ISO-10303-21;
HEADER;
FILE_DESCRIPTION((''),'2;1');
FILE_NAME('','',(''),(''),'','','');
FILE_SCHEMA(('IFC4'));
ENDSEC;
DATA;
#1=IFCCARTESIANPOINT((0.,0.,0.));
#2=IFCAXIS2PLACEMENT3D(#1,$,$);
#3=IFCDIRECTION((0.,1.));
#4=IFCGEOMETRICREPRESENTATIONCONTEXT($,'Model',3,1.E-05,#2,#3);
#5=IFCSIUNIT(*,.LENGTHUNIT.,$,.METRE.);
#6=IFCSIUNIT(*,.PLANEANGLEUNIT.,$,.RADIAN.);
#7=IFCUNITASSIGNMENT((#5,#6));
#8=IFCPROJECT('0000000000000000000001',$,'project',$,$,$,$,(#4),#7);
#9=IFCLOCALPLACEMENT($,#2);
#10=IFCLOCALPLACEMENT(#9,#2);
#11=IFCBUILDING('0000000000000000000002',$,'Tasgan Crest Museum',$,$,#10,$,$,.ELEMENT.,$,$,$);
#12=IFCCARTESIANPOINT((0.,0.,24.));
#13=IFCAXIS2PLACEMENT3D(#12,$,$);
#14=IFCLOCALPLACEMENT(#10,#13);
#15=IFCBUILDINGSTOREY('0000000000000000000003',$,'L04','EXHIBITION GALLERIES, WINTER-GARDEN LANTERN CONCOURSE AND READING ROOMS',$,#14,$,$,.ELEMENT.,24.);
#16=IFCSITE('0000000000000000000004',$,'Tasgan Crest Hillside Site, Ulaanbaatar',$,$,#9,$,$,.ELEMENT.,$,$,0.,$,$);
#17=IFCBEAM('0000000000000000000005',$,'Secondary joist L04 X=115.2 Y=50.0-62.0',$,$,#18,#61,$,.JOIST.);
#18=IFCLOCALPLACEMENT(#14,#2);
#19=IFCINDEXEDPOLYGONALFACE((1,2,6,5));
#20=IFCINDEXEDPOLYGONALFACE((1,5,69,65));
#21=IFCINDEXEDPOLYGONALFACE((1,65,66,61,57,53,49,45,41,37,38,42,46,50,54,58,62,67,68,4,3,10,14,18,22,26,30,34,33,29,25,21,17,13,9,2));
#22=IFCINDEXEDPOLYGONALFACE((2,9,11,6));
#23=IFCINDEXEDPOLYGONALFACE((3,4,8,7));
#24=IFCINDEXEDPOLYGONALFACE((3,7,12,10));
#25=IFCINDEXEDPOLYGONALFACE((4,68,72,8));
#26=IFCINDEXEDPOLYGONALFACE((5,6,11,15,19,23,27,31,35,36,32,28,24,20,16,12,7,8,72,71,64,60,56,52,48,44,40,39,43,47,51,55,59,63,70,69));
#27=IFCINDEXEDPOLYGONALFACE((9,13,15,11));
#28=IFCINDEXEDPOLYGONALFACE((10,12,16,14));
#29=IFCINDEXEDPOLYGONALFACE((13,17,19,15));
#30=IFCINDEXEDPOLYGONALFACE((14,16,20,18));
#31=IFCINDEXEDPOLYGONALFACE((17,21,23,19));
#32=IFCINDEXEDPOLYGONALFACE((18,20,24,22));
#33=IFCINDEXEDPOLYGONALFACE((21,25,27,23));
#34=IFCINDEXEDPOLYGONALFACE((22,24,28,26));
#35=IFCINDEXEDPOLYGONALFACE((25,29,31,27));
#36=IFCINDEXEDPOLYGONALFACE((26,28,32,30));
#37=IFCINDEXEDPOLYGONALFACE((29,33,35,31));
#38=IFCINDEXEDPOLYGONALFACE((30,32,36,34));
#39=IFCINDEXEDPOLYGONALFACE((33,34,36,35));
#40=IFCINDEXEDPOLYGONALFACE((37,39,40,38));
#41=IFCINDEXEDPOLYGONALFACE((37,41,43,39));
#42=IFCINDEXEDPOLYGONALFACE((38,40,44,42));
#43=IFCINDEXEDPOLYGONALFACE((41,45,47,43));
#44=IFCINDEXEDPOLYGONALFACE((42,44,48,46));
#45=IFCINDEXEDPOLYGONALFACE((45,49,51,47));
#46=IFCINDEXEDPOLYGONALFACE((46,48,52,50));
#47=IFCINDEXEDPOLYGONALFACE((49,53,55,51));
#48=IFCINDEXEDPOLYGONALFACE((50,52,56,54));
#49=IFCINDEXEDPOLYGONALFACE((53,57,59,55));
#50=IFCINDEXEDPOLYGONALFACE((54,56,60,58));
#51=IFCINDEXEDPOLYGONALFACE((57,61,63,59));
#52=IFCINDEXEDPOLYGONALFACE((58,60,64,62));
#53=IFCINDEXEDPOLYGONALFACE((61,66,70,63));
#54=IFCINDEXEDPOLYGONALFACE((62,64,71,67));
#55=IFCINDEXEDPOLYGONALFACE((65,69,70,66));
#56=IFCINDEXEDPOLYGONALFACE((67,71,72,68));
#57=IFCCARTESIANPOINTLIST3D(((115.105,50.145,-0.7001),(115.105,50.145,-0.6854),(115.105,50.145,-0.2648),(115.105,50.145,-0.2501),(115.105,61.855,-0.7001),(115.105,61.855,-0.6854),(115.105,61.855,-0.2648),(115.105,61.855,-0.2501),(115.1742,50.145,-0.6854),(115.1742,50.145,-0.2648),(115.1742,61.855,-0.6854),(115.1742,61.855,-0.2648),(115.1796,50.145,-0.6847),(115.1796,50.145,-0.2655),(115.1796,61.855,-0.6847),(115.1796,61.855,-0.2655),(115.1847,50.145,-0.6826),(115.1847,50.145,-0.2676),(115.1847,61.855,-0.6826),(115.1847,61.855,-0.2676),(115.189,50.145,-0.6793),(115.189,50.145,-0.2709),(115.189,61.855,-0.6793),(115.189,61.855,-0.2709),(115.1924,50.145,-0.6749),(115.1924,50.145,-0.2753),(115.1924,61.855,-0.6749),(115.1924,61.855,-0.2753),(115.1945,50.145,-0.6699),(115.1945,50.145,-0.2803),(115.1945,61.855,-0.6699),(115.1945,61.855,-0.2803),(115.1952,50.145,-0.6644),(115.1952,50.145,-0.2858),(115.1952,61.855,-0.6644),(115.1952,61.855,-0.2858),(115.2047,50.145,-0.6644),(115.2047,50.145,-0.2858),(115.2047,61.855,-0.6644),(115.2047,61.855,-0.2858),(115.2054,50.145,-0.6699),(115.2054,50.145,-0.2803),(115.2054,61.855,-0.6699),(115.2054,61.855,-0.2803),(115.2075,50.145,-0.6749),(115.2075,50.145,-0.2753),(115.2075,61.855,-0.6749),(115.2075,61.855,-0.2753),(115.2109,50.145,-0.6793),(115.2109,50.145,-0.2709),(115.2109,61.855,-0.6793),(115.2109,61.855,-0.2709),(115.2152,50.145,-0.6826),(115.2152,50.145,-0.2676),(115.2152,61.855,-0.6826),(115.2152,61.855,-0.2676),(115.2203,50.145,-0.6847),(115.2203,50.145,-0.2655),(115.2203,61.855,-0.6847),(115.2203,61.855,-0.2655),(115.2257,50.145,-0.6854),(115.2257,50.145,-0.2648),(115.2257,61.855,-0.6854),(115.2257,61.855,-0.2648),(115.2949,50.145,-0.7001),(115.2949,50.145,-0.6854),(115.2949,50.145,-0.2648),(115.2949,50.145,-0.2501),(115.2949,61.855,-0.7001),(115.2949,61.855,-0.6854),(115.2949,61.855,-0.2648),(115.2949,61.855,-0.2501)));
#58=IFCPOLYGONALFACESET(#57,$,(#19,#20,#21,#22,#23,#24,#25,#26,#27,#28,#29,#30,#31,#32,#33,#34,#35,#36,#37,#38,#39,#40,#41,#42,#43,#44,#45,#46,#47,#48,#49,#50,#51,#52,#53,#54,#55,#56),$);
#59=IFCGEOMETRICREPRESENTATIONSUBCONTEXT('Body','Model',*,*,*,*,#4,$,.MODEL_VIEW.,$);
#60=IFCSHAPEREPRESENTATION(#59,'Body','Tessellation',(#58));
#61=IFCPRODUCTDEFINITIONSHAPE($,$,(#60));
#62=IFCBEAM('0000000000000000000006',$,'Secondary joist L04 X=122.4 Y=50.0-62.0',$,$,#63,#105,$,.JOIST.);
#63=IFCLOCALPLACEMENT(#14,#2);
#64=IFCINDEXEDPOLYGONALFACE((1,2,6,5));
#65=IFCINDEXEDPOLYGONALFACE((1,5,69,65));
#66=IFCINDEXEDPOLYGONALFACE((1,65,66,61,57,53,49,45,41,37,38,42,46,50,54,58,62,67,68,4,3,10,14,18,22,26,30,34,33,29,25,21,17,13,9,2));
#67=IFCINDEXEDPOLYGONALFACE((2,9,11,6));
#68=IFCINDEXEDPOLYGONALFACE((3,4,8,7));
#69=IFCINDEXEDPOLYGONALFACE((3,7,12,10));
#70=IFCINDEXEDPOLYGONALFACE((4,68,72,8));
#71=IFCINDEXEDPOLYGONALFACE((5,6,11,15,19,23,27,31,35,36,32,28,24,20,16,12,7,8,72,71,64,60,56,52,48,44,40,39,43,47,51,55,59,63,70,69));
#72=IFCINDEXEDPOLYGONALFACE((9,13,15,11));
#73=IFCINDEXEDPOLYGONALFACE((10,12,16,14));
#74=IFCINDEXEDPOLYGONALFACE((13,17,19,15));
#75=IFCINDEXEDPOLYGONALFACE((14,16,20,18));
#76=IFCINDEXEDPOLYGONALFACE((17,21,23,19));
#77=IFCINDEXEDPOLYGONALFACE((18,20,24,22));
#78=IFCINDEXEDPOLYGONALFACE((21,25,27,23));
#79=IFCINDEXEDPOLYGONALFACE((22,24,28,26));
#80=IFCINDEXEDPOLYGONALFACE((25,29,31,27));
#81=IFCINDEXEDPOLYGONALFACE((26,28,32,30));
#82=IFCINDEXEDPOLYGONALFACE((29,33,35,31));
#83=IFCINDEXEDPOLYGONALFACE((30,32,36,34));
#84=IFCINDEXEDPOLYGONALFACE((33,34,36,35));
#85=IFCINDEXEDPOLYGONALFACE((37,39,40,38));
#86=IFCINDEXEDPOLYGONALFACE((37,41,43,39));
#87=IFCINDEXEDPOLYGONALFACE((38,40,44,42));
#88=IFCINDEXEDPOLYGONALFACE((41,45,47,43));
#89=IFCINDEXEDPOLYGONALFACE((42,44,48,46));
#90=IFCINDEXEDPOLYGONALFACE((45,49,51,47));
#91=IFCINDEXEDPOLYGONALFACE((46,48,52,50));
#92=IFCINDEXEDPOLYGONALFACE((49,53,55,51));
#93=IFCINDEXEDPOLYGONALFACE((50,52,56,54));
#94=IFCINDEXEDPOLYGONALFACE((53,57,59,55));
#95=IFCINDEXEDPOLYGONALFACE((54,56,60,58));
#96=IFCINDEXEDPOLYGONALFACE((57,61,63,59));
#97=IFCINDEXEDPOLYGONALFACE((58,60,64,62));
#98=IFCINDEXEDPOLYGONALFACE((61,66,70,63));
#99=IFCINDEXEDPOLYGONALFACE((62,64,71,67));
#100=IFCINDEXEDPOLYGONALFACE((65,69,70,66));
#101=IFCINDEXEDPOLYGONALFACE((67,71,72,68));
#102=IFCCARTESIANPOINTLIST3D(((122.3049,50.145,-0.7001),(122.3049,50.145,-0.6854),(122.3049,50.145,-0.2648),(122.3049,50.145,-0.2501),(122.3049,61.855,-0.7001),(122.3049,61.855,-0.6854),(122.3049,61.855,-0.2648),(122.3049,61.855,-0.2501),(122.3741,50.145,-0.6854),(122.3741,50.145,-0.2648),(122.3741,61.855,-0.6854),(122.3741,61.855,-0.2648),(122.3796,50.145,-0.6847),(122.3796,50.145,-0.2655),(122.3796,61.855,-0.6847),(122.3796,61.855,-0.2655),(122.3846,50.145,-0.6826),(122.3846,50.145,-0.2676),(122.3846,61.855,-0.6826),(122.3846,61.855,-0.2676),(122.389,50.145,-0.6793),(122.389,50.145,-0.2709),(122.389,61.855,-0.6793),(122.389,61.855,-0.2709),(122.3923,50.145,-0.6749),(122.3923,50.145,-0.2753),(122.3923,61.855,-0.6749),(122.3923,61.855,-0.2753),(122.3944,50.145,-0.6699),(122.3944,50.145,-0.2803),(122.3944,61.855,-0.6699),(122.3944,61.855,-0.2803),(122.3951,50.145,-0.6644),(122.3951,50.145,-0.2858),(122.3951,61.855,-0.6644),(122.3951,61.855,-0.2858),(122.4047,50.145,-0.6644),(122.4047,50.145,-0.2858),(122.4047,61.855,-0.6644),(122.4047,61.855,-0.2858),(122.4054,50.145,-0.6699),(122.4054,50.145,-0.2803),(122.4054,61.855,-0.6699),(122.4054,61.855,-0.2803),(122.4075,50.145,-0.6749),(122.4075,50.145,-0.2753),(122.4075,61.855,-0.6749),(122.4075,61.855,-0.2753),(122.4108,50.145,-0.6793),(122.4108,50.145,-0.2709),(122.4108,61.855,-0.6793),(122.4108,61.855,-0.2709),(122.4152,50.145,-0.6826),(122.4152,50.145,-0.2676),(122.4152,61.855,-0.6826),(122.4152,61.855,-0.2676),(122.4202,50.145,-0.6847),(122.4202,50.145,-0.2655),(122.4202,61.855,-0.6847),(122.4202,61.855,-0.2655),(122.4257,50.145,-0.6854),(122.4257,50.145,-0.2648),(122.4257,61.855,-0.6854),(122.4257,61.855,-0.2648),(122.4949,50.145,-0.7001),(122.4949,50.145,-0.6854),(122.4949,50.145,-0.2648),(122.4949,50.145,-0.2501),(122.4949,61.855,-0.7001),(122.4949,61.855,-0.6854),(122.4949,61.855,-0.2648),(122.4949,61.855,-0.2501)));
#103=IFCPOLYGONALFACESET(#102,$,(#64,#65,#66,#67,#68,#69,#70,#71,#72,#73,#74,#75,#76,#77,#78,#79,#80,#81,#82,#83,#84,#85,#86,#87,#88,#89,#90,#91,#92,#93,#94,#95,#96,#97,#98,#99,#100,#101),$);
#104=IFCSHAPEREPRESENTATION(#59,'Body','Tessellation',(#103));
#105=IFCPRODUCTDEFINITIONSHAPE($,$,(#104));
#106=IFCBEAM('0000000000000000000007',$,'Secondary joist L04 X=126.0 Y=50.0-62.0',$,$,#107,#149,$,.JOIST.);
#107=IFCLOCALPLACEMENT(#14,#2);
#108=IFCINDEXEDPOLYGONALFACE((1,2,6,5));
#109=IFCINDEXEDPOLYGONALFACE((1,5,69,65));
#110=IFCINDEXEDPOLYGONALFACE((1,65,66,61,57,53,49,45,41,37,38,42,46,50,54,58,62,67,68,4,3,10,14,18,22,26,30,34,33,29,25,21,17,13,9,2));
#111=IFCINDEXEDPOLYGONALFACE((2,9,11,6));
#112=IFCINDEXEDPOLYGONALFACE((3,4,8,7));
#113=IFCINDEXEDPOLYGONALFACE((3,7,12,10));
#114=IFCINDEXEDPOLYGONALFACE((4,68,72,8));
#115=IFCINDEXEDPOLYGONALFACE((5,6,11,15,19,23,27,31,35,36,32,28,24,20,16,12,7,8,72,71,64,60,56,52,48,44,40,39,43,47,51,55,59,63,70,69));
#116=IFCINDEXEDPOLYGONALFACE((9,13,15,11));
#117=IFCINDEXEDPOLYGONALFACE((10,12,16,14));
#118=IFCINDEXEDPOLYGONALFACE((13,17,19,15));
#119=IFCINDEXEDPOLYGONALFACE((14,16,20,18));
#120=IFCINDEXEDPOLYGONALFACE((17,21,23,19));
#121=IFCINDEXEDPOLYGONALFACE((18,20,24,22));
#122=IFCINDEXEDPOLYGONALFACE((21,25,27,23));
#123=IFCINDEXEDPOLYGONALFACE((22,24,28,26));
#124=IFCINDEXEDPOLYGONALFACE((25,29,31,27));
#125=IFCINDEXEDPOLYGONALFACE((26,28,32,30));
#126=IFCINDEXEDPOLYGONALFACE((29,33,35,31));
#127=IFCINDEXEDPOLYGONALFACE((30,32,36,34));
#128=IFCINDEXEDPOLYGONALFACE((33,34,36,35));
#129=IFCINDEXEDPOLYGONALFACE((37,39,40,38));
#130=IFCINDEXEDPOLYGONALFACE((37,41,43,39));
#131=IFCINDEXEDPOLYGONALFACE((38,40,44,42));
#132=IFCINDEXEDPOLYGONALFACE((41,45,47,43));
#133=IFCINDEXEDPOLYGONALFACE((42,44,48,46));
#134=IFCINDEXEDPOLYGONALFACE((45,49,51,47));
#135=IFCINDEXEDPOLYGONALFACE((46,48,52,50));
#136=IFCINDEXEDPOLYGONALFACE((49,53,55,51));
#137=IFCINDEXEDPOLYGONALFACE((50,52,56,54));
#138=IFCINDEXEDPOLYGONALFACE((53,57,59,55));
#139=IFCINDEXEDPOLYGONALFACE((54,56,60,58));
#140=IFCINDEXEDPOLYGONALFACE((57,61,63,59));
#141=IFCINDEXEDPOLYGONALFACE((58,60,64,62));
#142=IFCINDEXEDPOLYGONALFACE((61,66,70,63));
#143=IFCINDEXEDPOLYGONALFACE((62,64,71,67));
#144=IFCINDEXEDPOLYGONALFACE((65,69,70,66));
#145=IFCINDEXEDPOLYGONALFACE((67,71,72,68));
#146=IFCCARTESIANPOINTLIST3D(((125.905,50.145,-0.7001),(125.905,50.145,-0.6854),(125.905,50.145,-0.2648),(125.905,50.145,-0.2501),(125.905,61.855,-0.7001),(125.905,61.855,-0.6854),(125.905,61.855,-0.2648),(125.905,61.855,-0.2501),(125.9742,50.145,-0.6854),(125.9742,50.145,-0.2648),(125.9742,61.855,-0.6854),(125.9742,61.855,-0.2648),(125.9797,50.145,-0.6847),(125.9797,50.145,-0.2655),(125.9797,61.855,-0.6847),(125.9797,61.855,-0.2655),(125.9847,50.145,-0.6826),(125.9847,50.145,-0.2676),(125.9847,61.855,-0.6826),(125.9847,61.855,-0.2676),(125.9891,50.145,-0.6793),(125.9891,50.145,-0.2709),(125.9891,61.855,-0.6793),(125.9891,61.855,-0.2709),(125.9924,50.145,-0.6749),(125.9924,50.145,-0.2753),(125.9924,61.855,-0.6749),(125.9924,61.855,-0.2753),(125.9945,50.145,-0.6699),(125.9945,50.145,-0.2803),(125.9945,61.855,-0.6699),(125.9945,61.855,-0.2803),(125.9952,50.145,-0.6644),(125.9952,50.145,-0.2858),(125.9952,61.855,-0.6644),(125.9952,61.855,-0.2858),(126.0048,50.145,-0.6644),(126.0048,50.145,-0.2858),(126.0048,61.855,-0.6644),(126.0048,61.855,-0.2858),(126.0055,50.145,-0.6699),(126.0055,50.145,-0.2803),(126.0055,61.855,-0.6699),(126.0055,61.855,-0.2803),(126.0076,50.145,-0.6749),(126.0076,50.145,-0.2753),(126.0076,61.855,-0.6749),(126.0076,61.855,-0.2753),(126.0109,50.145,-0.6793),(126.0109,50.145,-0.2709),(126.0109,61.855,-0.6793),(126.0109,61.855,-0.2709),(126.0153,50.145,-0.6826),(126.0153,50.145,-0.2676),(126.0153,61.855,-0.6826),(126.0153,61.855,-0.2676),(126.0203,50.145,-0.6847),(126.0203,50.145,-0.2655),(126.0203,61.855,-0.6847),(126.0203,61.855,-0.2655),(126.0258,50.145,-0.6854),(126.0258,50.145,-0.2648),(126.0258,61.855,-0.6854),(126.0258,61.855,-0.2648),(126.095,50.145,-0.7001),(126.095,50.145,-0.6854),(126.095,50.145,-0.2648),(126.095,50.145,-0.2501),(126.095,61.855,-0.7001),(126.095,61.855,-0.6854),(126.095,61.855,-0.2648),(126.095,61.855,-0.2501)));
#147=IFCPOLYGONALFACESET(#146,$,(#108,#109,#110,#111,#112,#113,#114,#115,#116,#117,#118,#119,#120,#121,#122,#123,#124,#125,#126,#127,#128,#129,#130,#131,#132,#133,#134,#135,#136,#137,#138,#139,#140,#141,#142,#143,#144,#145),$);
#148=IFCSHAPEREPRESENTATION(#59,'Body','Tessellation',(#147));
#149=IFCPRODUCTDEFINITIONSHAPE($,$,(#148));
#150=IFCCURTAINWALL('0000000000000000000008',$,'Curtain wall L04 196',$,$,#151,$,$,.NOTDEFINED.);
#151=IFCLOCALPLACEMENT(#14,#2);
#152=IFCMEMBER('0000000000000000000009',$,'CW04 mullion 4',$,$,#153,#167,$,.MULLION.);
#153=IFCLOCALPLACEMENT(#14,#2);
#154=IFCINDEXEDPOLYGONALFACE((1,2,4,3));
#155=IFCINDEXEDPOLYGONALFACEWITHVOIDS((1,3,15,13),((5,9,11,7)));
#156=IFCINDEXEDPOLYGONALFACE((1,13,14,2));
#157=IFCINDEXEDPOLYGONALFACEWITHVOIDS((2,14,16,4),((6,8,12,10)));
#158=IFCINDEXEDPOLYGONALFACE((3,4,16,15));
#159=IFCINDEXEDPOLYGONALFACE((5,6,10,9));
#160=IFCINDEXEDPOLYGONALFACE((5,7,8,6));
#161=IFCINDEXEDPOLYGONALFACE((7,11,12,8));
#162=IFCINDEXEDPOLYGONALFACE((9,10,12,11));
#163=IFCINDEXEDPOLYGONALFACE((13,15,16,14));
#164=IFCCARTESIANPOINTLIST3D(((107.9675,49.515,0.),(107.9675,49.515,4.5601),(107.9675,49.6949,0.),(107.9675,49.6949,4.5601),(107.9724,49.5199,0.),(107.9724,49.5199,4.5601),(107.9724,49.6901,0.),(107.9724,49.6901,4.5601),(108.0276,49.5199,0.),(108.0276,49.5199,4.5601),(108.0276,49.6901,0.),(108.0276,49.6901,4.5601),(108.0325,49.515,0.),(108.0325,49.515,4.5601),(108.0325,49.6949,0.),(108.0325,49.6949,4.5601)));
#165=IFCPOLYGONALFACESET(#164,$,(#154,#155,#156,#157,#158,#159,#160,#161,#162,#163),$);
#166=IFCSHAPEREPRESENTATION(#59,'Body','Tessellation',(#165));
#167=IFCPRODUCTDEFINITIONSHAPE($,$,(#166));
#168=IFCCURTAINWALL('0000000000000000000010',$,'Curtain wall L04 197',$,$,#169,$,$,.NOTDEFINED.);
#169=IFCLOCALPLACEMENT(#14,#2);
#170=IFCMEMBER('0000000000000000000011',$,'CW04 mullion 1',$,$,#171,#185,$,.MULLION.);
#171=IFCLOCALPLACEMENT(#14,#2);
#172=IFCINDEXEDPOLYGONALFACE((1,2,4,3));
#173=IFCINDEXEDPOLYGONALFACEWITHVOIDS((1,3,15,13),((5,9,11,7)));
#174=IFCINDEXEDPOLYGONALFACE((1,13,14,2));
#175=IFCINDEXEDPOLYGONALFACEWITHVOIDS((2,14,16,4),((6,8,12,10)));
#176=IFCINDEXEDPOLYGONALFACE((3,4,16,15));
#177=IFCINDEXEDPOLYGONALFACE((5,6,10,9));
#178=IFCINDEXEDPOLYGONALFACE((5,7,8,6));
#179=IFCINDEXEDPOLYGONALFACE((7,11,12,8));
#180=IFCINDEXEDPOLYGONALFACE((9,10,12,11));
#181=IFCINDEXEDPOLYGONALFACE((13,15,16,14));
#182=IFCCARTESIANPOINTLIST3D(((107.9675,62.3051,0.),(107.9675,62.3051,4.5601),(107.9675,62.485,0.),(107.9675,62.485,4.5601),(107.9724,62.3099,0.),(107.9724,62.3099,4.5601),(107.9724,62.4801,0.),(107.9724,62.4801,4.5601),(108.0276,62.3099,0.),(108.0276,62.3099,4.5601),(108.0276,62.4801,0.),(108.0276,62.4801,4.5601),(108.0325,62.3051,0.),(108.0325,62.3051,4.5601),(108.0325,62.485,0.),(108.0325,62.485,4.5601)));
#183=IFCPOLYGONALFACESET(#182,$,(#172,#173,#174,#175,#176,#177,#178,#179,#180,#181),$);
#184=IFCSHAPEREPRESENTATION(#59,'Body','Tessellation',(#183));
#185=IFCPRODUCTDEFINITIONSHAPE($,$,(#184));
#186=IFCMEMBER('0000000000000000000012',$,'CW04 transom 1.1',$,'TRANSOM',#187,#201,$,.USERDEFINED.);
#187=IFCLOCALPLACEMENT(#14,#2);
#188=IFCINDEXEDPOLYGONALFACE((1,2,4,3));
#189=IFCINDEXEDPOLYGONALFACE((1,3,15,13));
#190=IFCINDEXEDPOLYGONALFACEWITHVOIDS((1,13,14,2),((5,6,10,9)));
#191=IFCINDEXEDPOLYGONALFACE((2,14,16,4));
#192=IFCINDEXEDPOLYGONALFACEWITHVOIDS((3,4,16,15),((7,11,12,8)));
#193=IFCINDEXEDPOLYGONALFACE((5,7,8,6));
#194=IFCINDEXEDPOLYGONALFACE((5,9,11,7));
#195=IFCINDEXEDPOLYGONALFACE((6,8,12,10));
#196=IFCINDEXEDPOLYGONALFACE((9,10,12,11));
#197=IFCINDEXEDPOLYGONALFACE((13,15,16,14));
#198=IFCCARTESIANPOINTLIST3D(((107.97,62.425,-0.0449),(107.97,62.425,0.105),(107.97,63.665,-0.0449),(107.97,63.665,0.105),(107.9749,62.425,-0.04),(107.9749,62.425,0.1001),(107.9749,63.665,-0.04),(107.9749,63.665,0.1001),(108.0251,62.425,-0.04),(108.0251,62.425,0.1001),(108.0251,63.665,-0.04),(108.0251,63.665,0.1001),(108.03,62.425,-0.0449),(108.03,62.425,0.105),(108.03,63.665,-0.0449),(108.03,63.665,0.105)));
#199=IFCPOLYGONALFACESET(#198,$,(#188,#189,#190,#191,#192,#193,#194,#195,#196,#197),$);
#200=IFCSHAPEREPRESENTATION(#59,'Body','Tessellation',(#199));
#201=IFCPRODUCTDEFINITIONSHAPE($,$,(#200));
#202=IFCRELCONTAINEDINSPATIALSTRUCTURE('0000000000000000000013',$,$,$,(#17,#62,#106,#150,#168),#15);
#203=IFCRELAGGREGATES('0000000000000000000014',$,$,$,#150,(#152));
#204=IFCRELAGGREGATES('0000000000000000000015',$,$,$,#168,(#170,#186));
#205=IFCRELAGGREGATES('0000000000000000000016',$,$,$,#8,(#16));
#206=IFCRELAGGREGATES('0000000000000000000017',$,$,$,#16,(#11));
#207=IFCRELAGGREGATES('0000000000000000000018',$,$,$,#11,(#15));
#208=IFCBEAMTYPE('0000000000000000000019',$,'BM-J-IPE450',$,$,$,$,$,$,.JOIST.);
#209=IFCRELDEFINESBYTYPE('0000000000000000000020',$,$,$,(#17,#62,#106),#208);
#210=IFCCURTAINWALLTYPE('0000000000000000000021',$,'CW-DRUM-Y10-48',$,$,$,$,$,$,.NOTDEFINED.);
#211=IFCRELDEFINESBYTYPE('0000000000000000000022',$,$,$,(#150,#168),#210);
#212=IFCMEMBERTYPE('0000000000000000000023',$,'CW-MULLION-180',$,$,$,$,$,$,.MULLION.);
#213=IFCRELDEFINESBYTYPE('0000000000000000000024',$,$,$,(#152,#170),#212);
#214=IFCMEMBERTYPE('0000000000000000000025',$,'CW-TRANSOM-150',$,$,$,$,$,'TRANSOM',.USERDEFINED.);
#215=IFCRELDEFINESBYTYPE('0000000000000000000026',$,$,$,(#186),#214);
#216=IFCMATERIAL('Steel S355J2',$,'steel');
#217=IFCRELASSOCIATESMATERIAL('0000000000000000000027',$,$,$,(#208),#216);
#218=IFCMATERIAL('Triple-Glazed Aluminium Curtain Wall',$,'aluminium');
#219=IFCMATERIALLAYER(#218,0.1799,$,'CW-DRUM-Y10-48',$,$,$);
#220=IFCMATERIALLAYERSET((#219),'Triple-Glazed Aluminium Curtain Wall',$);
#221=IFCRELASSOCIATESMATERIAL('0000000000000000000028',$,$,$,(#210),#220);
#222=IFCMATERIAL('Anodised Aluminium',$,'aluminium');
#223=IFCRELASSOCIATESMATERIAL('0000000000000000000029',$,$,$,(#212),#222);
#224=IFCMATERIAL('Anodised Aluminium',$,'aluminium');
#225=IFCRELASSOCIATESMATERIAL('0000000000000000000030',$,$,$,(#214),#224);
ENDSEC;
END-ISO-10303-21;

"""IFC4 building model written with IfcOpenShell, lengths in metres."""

from ifc_helpers import new_model, si_unit, direction, frame, origin, origin_2d, place, context, subcontext, project, spatial, hollow_rectangle, i_section, extrude, material, layer, layer_set, material_profile, profile_set, type_object, element, aggregate, save


model = new_model("IFC4")

# Units and contexts
model_context = context("Model", 3, precision=1e-05, world=origin(), true_north=direction((0.0, 1.0)))
body_context = subcontext(model_context, "Body", "Model", "MODEL_VIEW")
ifc_project = project(units=[si_unit("LENGTHUNIT", "METRE"), si_unit("PLANEANGLEUNIT", "RADIAN")], contexts=[model_context])

# Site, building, storey
site_placement = place(None, origin())
site = spatial("IfcSite", under=ifc_project, at=site_placement, Name="Tasgan Crest Hillside Site, Ulaanbaatar", CompositionType="ELEMENT", RefElevation=0.0)
building_placement = place(site_placement, origin())
building = spatial("IfcBuilding", under=site, at=building_placement, Name="Tasgan Crest Museum", CompositionType="ELEMENT")
storey_placement = place(building_placement, frame((0.0, 0.0, 24.0)))
storey = spatial("IfcBuildingStorey", under=building, at=storey_placement, Name="L04", Description="EXHIBITION GALLERIES, WINTER-GARDEN LANTERN CONCOURSE AND READING ROOMS", CompositionType="ELEMENT", Elevation=24.0)

# Beams
ifc_material_1 = material(Name="Steel S355J2", Category="steel")
ifc_material_profile_1 = material_profile(ifc_material_1, i_section(OverallWidth=0.1899, OverallDepth=0.45, WebThickness=0.0095, FlangeThickness=0.0146, FilletRadius=0.021, at=origin_2d()), Name="IPE 450")
ifc_profile_set_1 = profile_set([ifc_material_profile_1], Name="Steel S355J2")
beam_type_1 = type_object("IfcBeamType", Name="BM-J-IPE450", PredefinedType="JOIST", material=ifc_profile_set_1)
for number, where, z_axis, x_axis, name in (
    (1, (115.2, 50.145, -0.4751), (0.0, 1.0, 0.0), (-1.0, 0.0, 0.0), "Secondary joist L04 X=115.2 Y=50.0-62.0"),
    (2, (122.3999, 50.145, -0.4751), (0.0, 1.0, 0.0), (-1.0, 0.0, 0.0), "Secondary joist L04 X=122.4 Y=50.0-62.0"),
    (3, (126.0, 50.145, -0.4751), (0.0, 1.0, 0.0), (-1.0, 0.0, 0.0), "Secondary joist L04 X=126.0 Y=50.0-62.0"),
):
    element("IfcBeam", number, at=place(storey_placement, frame(where, z_axis=z_axis, x_axis=x_axis)), inside=storey, type_object=beam_type_1, Name=name, PredefinedType="JOIST", context=body_context, shape_type="SweptSolid", body=[
        extrude(i_section(OverallWidth=0.1899, OverallDepth=0.45, WebThickness=0.0095, FlangeThickness=0.0146, FilletRadius=0.021, at=origin_2d()), origin(), (0.0, 0.0, 1.0), 11.71),
    ])

# Curtain wall, member
ifc_material_2 = material(Name="Triple-Glazed Aluminium Curtain Wall", Category="aluminium")
ifc_layer_1 = layer(ifc_material_2, 0.1799, Name="CW-DRUM-Y10-48")
ifc_layer_set_1 = layer_set([ifc_layer_1], Name="Triple-Glazed Aluminium Curtain Wall")
curtain_wall_type = type_object("IfcCurtainWallType", Name="CW-DRUM-Y10-48", PredefinedType="NOTDEFINED", material=ifc_layer_set_1)
curtain_wall_1_placement = place(storey_placement, origin())
curtain_wall_1 = element("IfcCurtainWall", 4, at=curtain_wall_1_placement, inside=storey, type_object=curtain_wall_type, Name="Curtain wall L04 196", PredefinedType="NOTDEFINED")
ifc_material_3 = material(Name="Anodised Aluminium", Category="aluminium")
ifc_material_profile_2 = material_profile(ifc_material_3, hollow_rectangle(XDim=0.0649, YDim=0.1799, WallThickness=0.0049, at=origin_2d()), Name="ALU MULLION 180x65x5")
ifc_profile_set_2 = profile_set([ifc_material_profile_2], Name="Anodised Aluminium")
member_type_1 = type_object("IfcMemberType", Name="CW-MULLION-180", PredefinedType="MULLION", material=ifc_profile_set_2)
member_1_placement = place(storey_placement, frame((108.0, 49.605, 0.0), z_axis=(0.0, 0.0, 1.0), x_axis=(-1.0, 0.0, 0.0)))
member_1 = element("IfcMember", 5, at=member_1_placement, type_object=member_type_1, Name="CW04 mullion 4", PredefinedType="MULLION", context=body_context, shape_type="SweptSolid", body=[
    extrude(hollow_rectangle(XDim=0.0649, YDim=0.1799, WallThickness=0.0049, at=origin_2d()), origin(), (0.0, 0.0, 1.0), 4.5601),
])
aggregate(curtain_wall_1, [member_1])

# Curtain wall, members
curtain_wall_2_placement = place(storey_placement, origin())
curtain_wall_2 = element("IfcCurtainWall", 6, at=curtain_wall_2_placement, inside=storey, type_object=curtain_wall_type, Name="Curtain wall L04 197", PredefinedType="NOTDEFINED")
member_2_placement = place(storey_placement, frame((108.0, 62.395, 0.0), z_axis=(0.0, 0.0, 1.0), x_axis=(-1.0, 0.0, 0.0)))
member_2 = element("IfcMember", 7, at=member_2_placement, type_object=member_type_1, Name="CW04 mullion 1", PredefinedType="MULLION", context=body_context, shape_type="SweptSolid", body=[
    extrude(hollow_rectangle(XDim=0.0649, YDim=0.1799, WallThickness=0.0049, at=origin_2d()), origin(), (0.0, 0.0, 1.0), 4.5601),
])
ifc_material_4 = material(Name="Anodised Aluminium", Category="aluminium")
ifc_material_profile_3 = material_profile(ifc_material_4, hollow_rectangle(XDim=0.0601, YDim=0.1499, WallThickness=0.0049, at=origin_2d()), Name="ALU TRANSOM 150x60x5")
ifc_profile_set_3 = profile_set([ifc_material_profile_3], Name="Anodised Aluminium")
member_type_2 = type_object("IfcMemberType", Name="CW-TRANSOM-150", ElementType="TRANSOM", PredefinedType="USERDEFINED", material=ifc_profile_set_3)
member_3_placement = place(storey_placement, frame((108.0, 62.425, 0.03), z_axis=(0.0, 1.0, 0.0), x_axis=(-1.0, 0.0, 0.0)))
member_3 = element("IfcMember", 8, at=member_3_placement, type_object=member_type_2, Name="CW04 transom 1.1", ObjectType="TRANSOM", PredefinedType="USERDEFINED", context=body_context, shape_type="SweptSolid", body=[
    extrude(hollow_rectangle(XDim=0.0601, YDim=0.1499, WallThickness=0.0049, at=origin_2d()), origin(), (0.0, 0.0, 1.0), 1.24),
])
aggregate(curtain_wall_2, [member_2, member_3])

save(model, "model.ifc")
